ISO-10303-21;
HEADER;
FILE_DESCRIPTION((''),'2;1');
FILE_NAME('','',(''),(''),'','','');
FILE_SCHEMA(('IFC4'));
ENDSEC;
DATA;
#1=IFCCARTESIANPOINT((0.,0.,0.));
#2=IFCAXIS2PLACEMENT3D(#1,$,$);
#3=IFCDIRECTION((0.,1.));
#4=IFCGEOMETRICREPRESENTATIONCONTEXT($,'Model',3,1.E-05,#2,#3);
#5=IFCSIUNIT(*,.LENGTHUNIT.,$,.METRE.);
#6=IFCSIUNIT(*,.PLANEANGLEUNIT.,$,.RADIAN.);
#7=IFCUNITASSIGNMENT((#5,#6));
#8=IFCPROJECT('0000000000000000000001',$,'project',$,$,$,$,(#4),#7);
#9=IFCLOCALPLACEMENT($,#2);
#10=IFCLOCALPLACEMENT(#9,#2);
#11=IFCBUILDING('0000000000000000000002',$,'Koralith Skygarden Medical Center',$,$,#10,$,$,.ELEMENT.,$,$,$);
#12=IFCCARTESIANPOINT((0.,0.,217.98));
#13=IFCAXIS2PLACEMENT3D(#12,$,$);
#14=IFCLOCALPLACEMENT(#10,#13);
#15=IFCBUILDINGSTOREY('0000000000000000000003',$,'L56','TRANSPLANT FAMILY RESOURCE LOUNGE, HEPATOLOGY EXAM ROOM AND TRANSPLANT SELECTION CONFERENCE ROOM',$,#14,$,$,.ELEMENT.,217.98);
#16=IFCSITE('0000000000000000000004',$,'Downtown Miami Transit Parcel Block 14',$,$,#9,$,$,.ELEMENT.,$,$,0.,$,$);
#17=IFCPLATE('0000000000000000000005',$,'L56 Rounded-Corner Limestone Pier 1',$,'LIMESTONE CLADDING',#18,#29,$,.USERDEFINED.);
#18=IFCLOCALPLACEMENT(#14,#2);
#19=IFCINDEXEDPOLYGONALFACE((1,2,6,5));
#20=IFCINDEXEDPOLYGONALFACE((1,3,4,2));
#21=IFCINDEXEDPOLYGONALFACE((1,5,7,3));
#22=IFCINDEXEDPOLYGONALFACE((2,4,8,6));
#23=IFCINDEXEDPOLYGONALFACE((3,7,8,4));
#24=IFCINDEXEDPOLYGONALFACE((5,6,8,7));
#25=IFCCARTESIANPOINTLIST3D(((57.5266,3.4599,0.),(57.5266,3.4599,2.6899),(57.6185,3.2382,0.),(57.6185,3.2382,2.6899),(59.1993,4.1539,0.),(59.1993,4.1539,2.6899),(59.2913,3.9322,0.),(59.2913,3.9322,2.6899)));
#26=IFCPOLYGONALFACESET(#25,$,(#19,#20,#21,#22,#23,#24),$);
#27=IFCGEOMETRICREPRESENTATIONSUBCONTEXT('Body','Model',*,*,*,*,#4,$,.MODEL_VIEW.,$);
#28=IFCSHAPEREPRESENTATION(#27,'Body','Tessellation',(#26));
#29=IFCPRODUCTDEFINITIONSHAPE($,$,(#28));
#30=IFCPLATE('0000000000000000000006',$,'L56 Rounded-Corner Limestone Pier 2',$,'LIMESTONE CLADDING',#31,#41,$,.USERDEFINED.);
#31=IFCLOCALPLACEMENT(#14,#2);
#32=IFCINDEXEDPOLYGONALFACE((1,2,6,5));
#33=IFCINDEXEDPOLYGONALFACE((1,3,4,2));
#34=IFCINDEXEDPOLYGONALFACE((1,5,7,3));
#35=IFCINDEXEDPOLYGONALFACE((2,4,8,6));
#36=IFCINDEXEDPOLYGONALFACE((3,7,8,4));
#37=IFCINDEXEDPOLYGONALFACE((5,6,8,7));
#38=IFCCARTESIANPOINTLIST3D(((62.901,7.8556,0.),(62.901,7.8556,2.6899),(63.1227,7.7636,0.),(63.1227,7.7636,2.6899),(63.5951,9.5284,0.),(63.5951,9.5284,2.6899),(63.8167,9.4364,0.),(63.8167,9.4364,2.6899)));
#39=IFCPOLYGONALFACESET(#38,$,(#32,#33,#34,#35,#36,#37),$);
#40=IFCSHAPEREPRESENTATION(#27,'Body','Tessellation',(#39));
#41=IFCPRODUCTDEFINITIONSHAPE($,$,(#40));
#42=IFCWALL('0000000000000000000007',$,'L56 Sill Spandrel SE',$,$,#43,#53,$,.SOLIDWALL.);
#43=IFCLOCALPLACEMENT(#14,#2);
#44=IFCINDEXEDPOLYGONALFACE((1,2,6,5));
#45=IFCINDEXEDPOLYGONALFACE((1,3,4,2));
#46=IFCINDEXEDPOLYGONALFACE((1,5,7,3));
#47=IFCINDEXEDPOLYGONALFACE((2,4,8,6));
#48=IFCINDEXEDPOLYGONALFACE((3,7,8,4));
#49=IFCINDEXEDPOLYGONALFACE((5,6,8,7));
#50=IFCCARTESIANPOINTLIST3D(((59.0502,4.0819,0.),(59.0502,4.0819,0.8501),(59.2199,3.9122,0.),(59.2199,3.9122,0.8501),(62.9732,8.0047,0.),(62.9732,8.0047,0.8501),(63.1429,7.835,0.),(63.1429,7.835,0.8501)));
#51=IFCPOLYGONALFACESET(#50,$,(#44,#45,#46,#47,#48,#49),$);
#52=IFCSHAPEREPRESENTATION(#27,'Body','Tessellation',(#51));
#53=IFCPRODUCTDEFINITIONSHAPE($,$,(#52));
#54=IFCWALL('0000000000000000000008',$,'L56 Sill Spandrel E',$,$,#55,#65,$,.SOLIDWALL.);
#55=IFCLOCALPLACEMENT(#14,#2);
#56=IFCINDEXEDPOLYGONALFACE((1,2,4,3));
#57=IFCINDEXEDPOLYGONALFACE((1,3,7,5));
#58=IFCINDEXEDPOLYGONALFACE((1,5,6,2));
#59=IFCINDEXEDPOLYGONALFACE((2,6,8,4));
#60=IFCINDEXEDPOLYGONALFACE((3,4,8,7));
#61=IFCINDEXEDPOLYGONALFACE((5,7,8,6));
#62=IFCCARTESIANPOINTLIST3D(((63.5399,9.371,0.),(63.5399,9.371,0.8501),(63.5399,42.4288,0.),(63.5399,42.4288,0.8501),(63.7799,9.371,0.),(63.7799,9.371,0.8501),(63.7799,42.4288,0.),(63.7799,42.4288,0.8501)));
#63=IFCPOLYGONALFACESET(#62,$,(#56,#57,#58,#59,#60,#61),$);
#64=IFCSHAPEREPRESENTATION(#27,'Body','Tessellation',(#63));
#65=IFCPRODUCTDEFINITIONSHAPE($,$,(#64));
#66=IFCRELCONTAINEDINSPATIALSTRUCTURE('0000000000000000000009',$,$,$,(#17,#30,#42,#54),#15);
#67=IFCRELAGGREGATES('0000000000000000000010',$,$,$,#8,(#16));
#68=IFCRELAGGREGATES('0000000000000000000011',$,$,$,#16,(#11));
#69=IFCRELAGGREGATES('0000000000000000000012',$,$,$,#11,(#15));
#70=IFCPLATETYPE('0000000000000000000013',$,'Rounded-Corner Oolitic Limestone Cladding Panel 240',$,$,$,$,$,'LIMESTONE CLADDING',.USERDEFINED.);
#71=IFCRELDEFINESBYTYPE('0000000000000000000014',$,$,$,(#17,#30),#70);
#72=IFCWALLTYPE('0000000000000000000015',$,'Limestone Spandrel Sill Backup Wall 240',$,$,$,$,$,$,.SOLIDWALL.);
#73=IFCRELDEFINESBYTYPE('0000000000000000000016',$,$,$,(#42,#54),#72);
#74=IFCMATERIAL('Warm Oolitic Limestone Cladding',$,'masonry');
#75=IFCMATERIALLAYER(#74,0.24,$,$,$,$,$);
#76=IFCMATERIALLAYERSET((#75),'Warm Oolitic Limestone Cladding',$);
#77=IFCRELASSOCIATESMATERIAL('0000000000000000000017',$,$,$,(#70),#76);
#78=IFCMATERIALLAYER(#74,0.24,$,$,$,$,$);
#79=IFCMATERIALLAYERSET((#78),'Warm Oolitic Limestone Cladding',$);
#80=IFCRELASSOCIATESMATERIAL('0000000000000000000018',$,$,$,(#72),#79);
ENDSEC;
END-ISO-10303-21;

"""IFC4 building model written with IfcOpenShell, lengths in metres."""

from ifc_helpers import new_model, si_unit, direction, frame, frame_2d, origin, origin_2d, place, context, subcontext, project, spatial, rectangle, extrude, material, layer, layer_set, type_object, element, save


model = new_model("IFC4")

# Units and contexts
model_context = context("Model", 3, precision=1e-05, world=origin(), true_north=direction((0.0, 1.0)))
body_context = subcontext(model_context, "Body", "Model", "MODEL_VIEW")
ifc_project = project(units=[si_unit("LENGTHUNIT", "METRE"), si_unit("PLANEANGLEUNIT", "RADIAN")], contexts=[model_context])

# Site, building, storey
site_placement = place(None, origin())
site = spatial("IfcSite", under=ifc_project, at=site_placement, Name="Downtown Miami Transit Parcel Block 14", CompositionType="ELEMENT", RefElevation=0.0)
building_placement = place(site_placement, origin())
building = spatial("IfcBuilding", under=site, at=building_placement, Name="Koralith Skygarden Medical Center", CompositionType="ELEMENT")
storey_placement = place(building_placement, frame((0.0, 0.0, 217.98)))
storey = spatial("IfcBuildingStorey", under=building, at=storey_placement, Name="L56", Description="TRANSPLANT FAMILY RESOURCE LOUNGE, HEPATOLOGY EXAM ROOM AND TRANSPLANT SELECTION CONFERENCE ROOM", CompositionType="ELEMENT", Elevation=217.98)

# Plates
ifc_material_1 = material(Name="Warm Oolitic Limestone Cladding", Category="masonry")
ifc_layer_1 = layer(ifc_material_1, 0.24)
ifc_layer_set_1 = layer_set([ifc_layer_1], Name="Warm Oolitic Limestone Cladding")
plate_type_1 = type_object("IfcPlateType", Name="Rounded-Corner Oolitic Limestone Cladding Panel 240", ElementType="LIMESTONE CLADDING", PredefinedType="USERDEFINED", material=ifc_layer_set_1)
for number, where, z_axis, x_axis, name in (
    (1, (58.4089, 3.696, 0.0), (0.0, 0.0, 1.0), (0.92366, 0.383214, 0.0), "L56 Rounded-Corner Limestone Pier 1"),
    (2, (63.3589, 8.646, 0.0), (0.0, 0.0, 1.0), (0.383214, 0.92366, 0.0), "L56 Rounded-Corner Limestone Pier 2"),
):
    element("IfcPlate", number, at=place(storey_placement, frame(where, z_axis=z_axis, x_axis=x_axis)), inside=storey, type_object=plate_type_1, Name=name, ObjectType="LIMESTONE CLADDING", PredefinedType="USERDEFINED", context=body_context, shape_type="SweptSolid", body=[
        extrude(rectangle(XDim=1.811, YDim=0.24, at=origin_2d()), origin(), (0.0, 0.0, 1.0), 2.6899),
    ])

# Walls
ifc_layer_2 = layer(ifc_material_1, 0.24)
ifc_layer_set_2 = layer_set([ifc_layer_2], Name="Warm Oolitic Limestone Cladding")
wall_type = type_object("IfcWallType", Name="Limestone Spandrel Sill Backup Wall 240", PredefinedType="SOLIDWALL", material=ifc_layer_set_2)
wall_1_placement = place(storey_placement, frame((59.135, 3.9971, 0.0), z_axis=(0.0, 0.0, 1.0), x_axis=(0.707129, 0.707085, 0.0)))
element("IfcWall", 3, at=wall_1_placement, inside=storey, type_object=wall_type, Name="L56 Sill Spandrel SE", PredefinedType="SOLIDWALL", context=body_context, shape_type="SweptSolid", body=[
    extrude(rectangle(XDim=5.5479, YDim=0.24, at=frame_2d((2.7739, 0.0))), origin(), (0.0, 0.0, 1.0), 0.8501),
])
wall_2_placement = place(storey_placement, frame((63.6599, 9.3711, 0.0), z_axis=(0.0, 0.0, 1.0), x_axis=(0.0, 1.0, 0.0)))
element("IfcWall", 4, at=wall_2_placement, inside=storey, type_object=wall_type, Name="L56 Sill Spandrel E", PredefinedType="SOLIDWALL", context=body_context, shape_type="SweptSolid", body=[
    extrude(rectangle(XDim=33.0579, YDim=0.24, at=frame_2d((16.5288, 0.0))), origin(), (0.0, 0.0, 1.0), 0.8501),
])

save(model, "model.ifc")
